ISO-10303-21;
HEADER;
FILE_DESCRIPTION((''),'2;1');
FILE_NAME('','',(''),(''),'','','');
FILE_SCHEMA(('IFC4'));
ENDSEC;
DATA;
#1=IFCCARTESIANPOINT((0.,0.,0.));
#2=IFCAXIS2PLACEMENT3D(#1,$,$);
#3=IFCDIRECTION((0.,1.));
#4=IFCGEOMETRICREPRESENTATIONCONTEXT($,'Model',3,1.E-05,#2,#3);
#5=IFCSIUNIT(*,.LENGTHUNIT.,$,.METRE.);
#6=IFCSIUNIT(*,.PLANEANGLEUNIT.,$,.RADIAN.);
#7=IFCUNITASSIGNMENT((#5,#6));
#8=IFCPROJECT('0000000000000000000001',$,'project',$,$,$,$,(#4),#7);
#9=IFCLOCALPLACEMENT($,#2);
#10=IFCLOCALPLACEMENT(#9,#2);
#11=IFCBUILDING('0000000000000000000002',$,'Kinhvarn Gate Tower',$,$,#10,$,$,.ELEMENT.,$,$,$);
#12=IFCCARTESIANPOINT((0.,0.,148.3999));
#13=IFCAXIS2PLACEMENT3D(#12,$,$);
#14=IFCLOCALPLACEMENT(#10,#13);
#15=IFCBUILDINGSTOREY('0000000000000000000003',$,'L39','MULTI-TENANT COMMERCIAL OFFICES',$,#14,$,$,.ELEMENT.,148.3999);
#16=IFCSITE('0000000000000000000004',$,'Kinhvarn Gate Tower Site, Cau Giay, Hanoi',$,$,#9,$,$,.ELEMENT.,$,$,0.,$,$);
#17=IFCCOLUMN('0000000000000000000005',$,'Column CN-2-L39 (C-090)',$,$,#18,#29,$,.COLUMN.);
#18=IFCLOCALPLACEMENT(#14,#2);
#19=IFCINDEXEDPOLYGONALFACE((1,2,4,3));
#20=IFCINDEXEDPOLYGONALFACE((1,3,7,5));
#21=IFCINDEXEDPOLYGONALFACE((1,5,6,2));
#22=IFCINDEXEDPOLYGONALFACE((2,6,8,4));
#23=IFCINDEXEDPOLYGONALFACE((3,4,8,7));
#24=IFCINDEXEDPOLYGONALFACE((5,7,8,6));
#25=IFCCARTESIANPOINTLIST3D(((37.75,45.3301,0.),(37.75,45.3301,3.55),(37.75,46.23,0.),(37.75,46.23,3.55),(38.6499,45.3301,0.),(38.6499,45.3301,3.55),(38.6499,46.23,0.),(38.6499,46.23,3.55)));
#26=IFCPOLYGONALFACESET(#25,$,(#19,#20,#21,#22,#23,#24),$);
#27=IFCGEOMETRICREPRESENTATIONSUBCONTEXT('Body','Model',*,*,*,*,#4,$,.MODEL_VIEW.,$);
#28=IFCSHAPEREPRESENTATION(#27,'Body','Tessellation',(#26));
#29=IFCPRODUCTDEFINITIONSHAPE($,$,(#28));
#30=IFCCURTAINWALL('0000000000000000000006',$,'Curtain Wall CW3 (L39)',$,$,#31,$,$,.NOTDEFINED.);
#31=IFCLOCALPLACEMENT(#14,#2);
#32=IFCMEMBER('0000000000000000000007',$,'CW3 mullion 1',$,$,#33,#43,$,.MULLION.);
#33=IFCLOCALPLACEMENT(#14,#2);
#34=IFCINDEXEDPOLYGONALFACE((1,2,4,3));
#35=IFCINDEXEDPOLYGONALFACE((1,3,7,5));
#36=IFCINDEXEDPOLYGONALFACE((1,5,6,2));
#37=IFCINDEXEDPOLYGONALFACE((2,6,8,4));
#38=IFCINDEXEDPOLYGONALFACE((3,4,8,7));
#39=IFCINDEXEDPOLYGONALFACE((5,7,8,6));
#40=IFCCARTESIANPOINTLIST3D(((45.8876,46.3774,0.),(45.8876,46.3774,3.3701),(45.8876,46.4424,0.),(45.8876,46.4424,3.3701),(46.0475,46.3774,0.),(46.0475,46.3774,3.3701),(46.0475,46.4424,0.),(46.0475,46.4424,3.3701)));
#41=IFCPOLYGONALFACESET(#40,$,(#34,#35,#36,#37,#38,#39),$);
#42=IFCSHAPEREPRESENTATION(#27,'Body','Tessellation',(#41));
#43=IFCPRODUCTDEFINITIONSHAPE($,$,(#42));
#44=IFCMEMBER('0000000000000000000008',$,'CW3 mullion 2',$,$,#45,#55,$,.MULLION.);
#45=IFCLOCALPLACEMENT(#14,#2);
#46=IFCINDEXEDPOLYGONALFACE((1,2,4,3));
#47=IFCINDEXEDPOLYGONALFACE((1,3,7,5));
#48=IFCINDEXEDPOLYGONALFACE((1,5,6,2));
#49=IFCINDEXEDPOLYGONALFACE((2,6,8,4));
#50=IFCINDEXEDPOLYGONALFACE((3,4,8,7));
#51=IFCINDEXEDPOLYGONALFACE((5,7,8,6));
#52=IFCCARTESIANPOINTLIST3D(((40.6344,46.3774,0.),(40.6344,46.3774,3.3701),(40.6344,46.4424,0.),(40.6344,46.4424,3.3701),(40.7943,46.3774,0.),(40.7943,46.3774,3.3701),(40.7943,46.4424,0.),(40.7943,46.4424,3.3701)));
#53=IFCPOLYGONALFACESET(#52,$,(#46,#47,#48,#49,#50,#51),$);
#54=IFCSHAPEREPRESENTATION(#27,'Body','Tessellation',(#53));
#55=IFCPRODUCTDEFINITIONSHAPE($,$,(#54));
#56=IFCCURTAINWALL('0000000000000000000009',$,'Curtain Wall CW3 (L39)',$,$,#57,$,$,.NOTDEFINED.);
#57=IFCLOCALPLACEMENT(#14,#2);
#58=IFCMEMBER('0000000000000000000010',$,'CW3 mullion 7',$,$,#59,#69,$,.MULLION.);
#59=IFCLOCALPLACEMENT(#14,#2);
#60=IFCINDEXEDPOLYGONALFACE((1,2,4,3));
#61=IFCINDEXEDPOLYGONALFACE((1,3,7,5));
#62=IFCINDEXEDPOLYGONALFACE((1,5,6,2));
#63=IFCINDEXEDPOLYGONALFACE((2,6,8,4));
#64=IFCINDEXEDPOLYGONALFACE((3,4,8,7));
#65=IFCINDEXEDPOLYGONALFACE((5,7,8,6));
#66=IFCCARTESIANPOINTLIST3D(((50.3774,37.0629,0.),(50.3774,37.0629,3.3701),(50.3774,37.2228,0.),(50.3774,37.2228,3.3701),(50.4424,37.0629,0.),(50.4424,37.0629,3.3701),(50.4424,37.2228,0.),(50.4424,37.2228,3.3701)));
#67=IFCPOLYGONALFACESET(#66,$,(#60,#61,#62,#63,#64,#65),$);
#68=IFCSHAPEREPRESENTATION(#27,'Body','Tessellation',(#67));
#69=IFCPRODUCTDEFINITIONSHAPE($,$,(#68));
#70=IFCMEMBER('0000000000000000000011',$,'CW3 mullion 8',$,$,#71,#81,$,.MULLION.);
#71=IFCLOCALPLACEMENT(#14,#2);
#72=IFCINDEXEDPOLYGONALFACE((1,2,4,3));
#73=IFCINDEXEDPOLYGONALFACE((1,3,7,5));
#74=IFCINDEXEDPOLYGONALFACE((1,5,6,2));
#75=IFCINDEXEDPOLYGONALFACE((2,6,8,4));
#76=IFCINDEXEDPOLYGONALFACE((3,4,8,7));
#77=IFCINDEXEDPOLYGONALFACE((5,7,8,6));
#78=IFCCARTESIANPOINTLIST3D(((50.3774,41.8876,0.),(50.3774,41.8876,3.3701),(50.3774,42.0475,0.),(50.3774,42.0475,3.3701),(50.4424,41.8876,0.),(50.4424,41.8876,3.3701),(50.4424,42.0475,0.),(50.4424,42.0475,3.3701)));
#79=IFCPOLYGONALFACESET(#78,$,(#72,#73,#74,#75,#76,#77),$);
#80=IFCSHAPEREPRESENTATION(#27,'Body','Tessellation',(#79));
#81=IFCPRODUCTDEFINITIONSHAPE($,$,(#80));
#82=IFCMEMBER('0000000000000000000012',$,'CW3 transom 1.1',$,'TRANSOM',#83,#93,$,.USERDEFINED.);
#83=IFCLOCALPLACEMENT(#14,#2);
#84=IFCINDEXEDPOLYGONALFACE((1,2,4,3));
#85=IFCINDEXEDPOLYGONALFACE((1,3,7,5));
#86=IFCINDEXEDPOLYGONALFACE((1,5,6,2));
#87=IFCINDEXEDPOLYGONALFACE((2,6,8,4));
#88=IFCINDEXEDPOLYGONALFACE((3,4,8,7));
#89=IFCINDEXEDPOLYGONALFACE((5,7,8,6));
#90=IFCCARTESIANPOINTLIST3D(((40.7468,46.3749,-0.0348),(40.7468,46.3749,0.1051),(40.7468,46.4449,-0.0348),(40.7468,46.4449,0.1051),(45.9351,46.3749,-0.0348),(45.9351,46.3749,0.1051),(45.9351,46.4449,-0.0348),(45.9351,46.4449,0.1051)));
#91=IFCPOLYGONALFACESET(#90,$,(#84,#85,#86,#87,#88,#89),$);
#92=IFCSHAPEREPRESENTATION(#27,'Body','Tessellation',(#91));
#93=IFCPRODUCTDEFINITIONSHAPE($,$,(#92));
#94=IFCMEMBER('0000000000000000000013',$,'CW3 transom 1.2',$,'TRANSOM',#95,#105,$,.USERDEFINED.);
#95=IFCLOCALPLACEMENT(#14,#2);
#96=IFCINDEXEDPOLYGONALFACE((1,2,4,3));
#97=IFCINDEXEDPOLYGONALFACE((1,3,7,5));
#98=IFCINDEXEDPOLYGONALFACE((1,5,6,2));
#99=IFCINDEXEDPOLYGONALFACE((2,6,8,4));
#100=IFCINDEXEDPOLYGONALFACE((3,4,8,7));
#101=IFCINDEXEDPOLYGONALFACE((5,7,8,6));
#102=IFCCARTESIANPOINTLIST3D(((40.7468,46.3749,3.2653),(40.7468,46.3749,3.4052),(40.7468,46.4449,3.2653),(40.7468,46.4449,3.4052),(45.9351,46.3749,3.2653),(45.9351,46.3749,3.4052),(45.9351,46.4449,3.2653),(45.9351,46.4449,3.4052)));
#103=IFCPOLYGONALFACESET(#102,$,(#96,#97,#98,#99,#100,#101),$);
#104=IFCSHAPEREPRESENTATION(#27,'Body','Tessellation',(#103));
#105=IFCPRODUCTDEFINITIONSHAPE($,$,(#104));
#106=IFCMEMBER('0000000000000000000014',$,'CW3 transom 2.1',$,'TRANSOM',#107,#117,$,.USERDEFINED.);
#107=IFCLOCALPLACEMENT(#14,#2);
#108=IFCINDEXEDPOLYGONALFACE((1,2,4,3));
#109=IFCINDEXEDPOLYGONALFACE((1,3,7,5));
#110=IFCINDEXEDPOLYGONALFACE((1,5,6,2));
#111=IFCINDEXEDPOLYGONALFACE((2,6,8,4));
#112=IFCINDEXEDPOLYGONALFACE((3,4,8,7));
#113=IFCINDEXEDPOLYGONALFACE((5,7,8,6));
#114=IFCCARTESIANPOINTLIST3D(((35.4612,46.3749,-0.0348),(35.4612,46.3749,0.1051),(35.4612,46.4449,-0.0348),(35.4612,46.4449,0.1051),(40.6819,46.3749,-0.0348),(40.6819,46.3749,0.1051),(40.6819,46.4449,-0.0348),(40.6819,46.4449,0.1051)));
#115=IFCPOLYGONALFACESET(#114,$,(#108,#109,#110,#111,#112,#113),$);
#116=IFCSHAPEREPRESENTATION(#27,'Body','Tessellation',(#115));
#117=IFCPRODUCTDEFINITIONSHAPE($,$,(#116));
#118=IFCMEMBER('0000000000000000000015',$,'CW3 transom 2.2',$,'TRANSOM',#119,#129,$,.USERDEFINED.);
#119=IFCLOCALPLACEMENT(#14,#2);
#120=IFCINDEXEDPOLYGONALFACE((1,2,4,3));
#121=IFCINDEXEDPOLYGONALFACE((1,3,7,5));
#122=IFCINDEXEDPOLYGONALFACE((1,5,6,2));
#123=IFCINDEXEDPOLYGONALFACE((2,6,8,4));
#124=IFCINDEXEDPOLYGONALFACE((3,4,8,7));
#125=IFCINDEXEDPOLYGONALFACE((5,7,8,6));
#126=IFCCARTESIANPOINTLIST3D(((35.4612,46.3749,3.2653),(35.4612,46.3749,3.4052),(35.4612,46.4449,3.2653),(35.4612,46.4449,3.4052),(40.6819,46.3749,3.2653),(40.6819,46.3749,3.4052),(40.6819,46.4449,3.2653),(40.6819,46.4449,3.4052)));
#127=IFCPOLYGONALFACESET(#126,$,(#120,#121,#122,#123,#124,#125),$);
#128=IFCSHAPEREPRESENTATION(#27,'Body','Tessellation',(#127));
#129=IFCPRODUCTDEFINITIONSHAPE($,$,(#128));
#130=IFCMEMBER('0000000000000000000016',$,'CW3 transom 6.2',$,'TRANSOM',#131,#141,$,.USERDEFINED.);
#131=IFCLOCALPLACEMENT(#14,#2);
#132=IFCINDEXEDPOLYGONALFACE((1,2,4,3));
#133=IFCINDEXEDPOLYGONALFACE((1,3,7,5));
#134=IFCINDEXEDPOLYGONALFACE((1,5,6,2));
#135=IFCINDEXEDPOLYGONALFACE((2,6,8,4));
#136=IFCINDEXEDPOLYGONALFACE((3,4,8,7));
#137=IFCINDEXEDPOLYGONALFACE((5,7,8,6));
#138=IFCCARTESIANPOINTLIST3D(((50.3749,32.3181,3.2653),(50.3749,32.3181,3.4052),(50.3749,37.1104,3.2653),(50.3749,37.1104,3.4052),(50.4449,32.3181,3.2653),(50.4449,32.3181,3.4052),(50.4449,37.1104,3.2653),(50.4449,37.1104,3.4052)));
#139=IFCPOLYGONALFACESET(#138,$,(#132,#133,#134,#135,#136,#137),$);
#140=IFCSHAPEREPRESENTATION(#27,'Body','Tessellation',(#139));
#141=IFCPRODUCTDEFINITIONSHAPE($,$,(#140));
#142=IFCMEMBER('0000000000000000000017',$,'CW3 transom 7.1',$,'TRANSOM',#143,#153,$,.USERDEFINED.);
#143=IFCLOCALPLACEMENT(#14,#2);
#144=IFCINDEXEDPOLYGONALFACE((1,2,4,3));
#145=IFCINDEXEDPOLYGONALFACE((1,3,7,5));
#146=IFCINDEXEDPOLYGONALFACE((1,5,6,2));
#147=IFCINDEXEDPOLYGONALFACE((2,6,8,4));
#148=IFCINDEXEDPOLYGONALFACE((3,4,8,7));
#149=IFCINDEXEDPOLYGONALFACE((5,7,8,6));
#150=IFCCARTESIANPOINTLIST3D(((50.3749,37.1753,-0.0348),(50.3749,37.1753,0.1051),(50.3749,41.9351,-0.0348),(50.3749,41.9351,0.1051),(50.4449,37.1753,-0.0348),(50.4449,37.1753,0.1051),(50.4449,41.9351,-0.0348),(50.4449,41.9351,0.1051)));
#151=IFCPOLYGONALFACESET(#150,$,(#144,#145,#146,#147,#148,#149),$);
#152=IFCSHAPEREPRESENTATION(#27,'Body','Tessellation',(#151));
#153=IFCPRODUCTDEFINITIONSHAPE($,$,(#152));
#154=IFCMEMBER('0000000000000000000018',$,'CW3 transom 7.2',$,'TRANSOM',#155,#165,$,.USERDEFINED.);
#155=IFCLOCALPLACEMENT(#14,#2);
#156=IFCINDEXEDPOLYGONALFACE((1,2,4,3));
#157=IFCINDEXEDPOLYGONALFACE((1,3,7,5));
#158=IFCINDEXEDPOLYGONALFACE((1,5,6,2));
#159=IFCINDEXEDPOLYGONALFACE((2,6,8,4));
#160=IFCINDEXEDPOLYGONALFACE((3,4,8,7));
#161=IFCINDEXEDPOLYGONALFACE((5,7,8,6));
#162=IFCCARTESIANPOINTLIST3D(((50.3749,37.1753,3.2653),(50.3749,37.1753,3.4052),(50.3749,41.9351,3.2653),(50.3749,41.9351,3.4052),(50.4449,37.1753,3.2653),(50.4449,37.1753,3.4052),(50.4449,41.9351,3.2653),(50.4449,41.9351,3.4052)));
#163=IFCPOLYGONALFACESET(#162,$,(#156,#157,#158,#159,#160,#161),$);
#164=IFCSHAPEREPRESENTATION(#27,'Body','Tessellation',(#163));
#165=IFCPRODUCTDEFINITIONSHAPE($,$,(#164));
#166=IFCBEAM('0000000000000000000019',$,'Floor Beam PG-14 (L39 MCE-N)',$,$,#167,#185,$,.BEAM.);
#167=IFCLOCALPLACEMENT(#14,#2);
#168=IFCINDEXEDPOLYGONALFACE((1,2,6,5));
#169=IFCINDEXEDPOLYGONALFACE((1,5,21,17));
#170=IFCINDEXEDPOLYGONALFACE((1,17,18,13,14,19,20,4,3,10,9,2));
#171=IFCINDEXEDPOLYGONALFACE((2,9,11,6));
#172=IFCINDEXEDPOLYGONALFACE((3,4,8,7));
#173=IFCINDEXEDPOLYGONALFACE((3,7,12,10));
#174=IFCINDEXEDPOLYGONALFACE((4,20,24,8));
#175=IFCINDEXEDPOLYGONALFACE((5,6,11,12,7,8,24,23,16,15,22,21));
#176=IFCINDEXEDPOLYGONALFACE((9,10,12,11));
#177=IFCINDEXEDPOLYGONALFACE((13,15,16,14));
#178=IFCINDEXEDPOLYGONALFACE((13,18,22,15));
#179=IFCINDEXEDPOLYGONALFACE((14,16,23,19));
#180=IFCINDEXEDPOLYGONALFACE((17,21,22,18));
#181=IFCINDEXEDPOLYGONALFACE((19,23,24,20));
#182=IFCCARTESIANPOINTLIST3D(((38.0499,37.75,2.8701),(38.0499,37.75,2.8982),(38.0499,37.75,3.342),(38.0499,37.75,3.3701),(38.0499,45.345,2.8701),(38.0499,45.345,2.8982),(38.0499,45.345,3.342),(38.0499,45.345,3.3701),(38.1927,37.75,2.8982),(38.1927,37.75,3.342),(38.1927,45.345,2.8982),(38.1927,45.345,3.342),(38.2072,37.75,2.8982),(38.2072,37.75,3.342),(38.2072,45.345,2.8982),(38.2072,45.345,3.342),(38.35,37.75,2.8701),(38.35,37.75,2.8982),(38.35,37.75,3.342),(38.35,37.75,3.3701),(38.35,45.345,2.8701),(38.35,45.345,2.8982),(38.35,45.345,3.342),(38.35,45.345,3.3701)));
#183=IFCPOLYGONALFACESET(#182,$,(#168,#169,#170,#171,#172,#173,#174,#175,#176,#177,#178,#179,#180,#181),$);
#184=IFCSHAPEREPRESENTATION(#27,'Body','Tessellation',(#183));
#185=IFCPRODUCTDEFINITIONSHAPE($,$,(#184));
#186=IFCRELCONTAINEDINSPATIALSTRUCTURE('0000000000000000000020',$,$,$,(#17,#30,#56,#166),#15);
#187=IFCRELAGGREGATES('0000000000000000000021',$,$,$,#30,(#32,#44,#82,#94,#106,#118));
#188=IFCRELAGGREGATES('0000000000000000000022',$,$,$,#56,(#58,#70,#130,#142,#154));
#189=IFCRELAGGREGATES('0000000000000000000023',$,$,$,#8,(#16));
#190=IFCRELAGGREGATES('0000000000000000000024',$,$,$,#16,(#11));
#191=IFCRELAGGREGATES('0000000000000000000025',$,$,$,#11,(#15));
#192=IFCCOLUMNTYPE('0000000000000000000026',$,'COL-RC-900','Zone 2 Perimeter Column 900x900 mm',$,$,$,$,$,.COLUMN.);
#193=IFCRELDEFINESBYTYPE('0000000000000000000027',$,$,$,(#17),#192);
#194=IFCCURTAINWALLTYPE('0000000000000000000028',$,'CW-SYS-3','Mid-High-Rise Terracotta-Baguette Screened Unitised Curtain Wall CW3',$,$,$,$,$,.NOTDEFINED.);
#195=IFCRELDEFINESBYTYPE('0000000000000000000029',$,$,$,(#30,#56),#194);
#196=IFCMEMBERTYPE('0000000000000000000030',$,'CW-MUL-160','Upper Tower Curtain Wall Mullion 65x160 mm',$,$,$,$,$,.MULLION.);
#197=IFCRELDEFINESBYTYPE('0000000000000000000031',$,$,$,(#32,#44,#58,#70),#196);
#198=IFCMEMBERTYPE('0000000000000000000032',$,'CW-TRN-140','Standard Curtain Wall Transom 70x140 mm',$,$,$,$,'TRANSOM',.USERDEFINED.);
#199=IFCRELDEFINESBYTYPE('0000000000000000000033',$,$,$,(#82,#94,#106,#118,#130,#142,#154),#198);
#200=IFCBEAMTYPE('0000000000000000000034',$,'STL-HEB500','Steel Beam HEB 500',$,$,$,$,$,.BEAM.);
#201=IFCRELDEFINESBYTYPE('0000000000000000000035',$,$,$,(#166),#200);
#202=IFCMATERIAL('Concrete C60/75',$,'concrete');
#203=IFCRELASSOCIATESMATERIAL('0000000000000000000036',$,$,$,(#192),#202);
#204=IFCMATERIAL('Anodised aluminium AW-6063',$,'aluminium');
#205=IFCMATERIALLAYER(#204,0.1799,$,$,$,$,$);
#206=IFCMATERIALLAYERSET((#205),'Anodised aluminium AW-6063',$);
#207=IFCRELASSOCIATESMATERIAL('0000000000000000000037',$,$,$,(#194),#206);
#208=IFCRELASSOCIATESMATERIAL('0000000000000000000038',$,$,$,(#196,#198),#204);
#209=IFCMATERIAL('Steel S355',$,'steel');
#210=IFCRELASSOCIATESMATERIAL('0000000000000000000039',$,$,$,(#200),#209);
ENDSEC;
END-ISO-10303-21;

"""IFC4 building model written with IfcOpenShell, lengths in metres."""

from ifc_helpers import new_model, si_unit, direction, frame, origin, origin_2d, place, context, subcontext, project, spatial, rectangle, i_section, extrude, material, layer, layer_set, material_profile, profile_set, type_object, element, aggregate, save


model = new_model("IFC4")

# Units and contexts
model_context = context("Model", 3, precision=1e-05, world=origin(), true_north=direction((0.0, 1.0)))
body_context = subcontext(model_context, "Body", "Model", "MODEL_VIEW")
ifc_project = project(units=[si_unit("LENGTHUNIT", "METRE"), si_unit("PLANEANGLEUNIT", "RADIAN")], contexts=[model_context])

# Site, building, storey
site_placement = place(None, origin())
site = spatial("IfcSite", under=ifc_project, at=site_placement, Name="Kinhvarn Gate Tower Site, Cau Giay, Hanoi", CompositionType="ELEMENT", RefElevation=0.0)
building_placement = place(site_placement, origin())
building = spatial("IfcBuilding", under=site, at=building_placement, Name="Kinhvarn Gate Tower", CompositionType="ELEMENT")
storey_placement = place(building_placement, frame((0.0, 0.0, 148.3999)))
storey = spatial("IfcBuildingStorey", under=building, at=storey_placement, Name="L39", Description="MULTI-TENANT COMMERCIAL OFFICES", CompositionType="ELEMENT", Elevation=148.3999)

# Column
ifc_material_1 = material(Name="Concrete C60/75", Category="concrete")
ifc_material_profile_1 = material_profile(ifc_material_1, rectangle(XDim=0.8999, YDim=0.8999, at=origin_2d()), Name="RC 900x900")
ifc_profile_set_1 = profile_set([ifc_material_profile_1], Name="Concrete C60/75")
column_type = type_object("IfcColumnType", Name="COL-RC-900", Description="Zone 2 Perimeter Column 900x900 mm", PredefinedType="COLUMN", material=ifc_profile_set_1)
column_placement = place(storey_placement, frame((38.2, 45.78, 0.0), z_axis=(0.0, 0.0, 1.0), x_axis=(1.0, 0.0, 0.0)))
element("IfcColumn", 1, at=column_placement, inside=storey, type_object=column_type, Name="Column CN-2-L39 (C-090)", PredefinedType="COLUMN", context=body_context, shape_type="SweptSolid", body=[
    extrude(rectangle(XDim=0.8999, YDim=0.8999, at=origin_2d()), origin(), (0.0, 0.0, 1.0), 3.55),
])

# Curtain walls, members
ifc_material_2 = material(Name="Anodised aluminium AW-6063", Category="aluminium")
ifc_layer_1 = layer(ifc_material_2, 0.1799)
ifc_layer_set_1 = layer_set([ifc_layer_1], Name="Anodised aluminium AW-6063")
curtain_wall_type = type_object("IfcCurtainWallType", Name="CW-SYS-3", Description="Mid-High-Rise Terracotta-Baguette Screened Unitised Curtain Wall CW3", PredefinedType="NOTDEFINED", material=ifc_layer_set_1)
curtain_wall_1_placement = place(storey_placement, origin())
curtain_wall_1 = element("IfcCurtainWall", 2, at=curtain_wall_1_placement, inside=storey, type_object=curtain_wall_type, Name="Curtain Wall CW3 (L39)", PredefinedType="NOTDEFINED")
ifc_material_profile_2 = material_profile(ifc_material_2, rectangle(XDim=0.0649, YDim=0.1599, at=origin_2d()), Name="ALU 65x160")
ifc_profile_set_2 = profile_set([ifc_material_profile_2], Name="Anodised aluminium AW-6063")
member_type_1 = type_object("IfcMemberType", Name="CW-MUL-160", Description="Upper Tower Curtain Wall Mullion 65x160 mm", PredefinedType="MULLION", material=ifc_profile_set_2)
member_1_placement = place(storey_placement, frame((45.9675, 46.4099, 0.0), z_axis=(0.0, 0.0, 1.0), x_axis=(0.0, -1.0, 0.0)))
member_1 = element("IfcMember", 3, at=member_1_placement, type_object=member_type_1, Name="CW3 mullion 1", PredefinedType="MULLION", context=body_context, shape_type="SweptSolid", body=[
    extrude(rectangle(XDim=0.0649, YDim=0.1599, at=origin_2d()), origin(), (0.0, 0.0, 1.0), 3.3701),
])
member_2_placement = place(storey_placement, frame((40.7144, 46.4099, 0.0), z_axis=(0.0, 0.0, 1.0), x_axis=(0.0, -1.0, 0.0)))
member_2 = element("IfcMember", 4, at=member_2_placement, type_object=member_type_1, Name="CW3 mullion 2", PredefinedType="MULLION", context=body_context, shape_type="SweptSolid", body=[
    extrude(rectangle(XDim=0.0649, YDim=0.1599, at=origin_2d()), origin(), (0.0, 0.0, 1.0), 3.3701),
])
curtain_wall_2_placement = place(storey_placement, origin())
curtain_wall_2 = element("IfcCurtainWall", 5, at=curtain_wall_2_placement, inside=storey, type_object=curtain_wall_type, Name="Curtain Wall CW3 (L39)", PredefinedType="NOTDEFINED")
member_3_placement = place(storey_placement, frame((50.4099, 37.1428, 0.0), z_axis=(0.0, 0.0, 1.0), x_axis=(-1.0, 0.0, 0.0)))
member_3 = element("IfcMember", 6, at=member_3_placement, type_object=member_type_1, Name="CW3 mullion 7", PredefinedType="MULLION", context=body_context, shape_type="SweptSolid", body=[
    extrude(rectangle(XDim=0.0649, YDim=0.1599, at=origin_2d()), origin(), (0.0, 0.0, 1.0), 3.3701),
])
member_4_placement = place(storey_placement, frame((50.4099, 41.9675, 0.0), z_axis=(0.0, 0.0, 1.0), x_axis=(-1.0, 0.0, 0.0)))
member_4 = element("IfcMember", 7, at=member_4_placement, type_object=member_type_1, Name="CW3 mullion 8", PredefinedType="MULLION", context=body_context, shape_type="SweptSolid", body=[
    extrude(rectangle(XDim=0.0649, YDim=0.1599, at=origin_2d()), origin(), (0.0, 0.0, 1.0), 3.3701),
])

# Members
ifc_material_profile_3 = material_profile(ifc_material_2, rectangle(XDim=0.0701, YDim=0.1399, at=origin_2d()), Name="ALU 70x140")
ifc_profile_set_3 = profile_set([ifc_material_profile_3], Name="Anodised aluminium AW-6063")
member_type_2 = type_object("IfcMemberType", Name="CW-TRN-140", Description="Standard Curtain Wall Transom 70x140 mm", ElementType="TRANSOM", PredefinedType="USERDEFINED", material=ifc_profile_set_3)
member_5_placement = place(storey_placement, frame((45.9351, 46.4099, 0.0352), z_axis=(-1.0, 0.0, 0.0), x_axis=(0.0, -1.0, 0.0)))
member_5 = element("IfcMember", 8, at=member_5_placement, type_object=member_type_2, Name="CW3 transom 1.1", ObjectType="TRANSOM", PredefinedType="USERDEFINED", context=body_context, shape_type="SweptSolid", body=[
    extrude(rectangle(XDim=0.0701, YDim=0.1399, at=origin_2d()), origin(), (0.0, 0.0, 1.0), 5.1882),
])
member_6_placement = place(storey_placement, frame((45.9351, 46.4099, 3.3352), z_axis=(-1.0, 0.0, 0.0), x_axis=(0.0, -1.0, 0.0)))
member_6 = element("IfcMember", 9, at=member_6_placement, type_object=member_type_2, Name="CW3 transom 1.2", ObjectType="TRANSOM", PredefinedType="USERDEFINED", context=body_context, shape_type="SweptSolid", body=[
    extrude(rectangle(XDim=0.0701, YDim=0.1399, at=origin_2d()), origin(), (0.0, 0.0, 1.0), 5.1882),
])
member_7_placement = place(storey_placement, frame((40.6819, 46.4099, 0.0352), z_axis=(-1.0, 0.0, 0.0), x_axis=(0.0, -1.0, 0.0)))
member_7 = element("IfcMember", 10, at=member_7_placement, type_object=member_type_2, Name="CW3 transom 2.1", ObjectType="TRANSOM", PredefinedType="USERDEFINED", context=body_context, shape_type="SweptSolid", body=[
    extrude(rectangle(XDim=0.0701, YDim=0.1399, at=origin_2d()), origin(), (0.0, 0.0, 1.0), 5.2207),
])
member_8_placement = place(storey_placement, frame((40.6819, 46.4099, 3.3352), z_axis=(-1.0, 0.0, 0.0), x_axis=(0.0, -1.0, 0.0)))
member_8 = element("IfcMember", 11, at=member_8_placement, type_object=member_type_2, Name="CW3 transom 2.2", ObjectType="TRANSOM", PredefinedType="USERDEFINED", context=body_context, shape_type="SweptSolid", body=[
    extrude(rectangle(XDim=0.0701, YDim=0.1399, at=origin_2d()), origin(), (0.0, 0.0, 1.0), 5.2207),
])
member_9_placement = place(storey_placement, frame((50.4099, 32.3181, 3.3352), z_axis=(0.0, 1.0, 0.0), x_axis=(-1.0, 0.0, 0.0)))
member_9 = element("IfcMember", 12, at=member_9_placement, type_object=member_type_2, Name="CW3 transom 6.2", ObjectType="TRANSOM", PredefinedType="USERDEFINED", context=body_context, shape_type="SweptSolid", body=[
    extrude(rectangle(XDim=0.0701, YDim=0.1399, at=origin_2d()), origin(), (0.0, 0.0, 1.0), 4.7922),
])
member_10_placement = place(storey_placement, frame((50.4099, 37.1753, 0.0352), z_axis=(0.0, 1.0, 0.0), x_axis=(-1.0, 0.0, 0.0)))
member_10 = element("IfcMember", 13, at=member_10_placement, type_object=member_type_2, Name="CW3 transom 7.1", ObjectType="TRANSOM", PredefinedType="USERDEFINED", context=body_context, shape_type="SweptSolid", body=[
    extrude(rectangle(XDim=0.0701, YDim=0.1399, at=origin_2d()), origin(), (0.0, 0.0, 1.0), 4.7598),
])
member_11_placement = place(storey_placement, frame((50.4099, 37.1753, 3.3352), z_axis=(0.0, 1.0, 0.0), x_axis=(-1.0, 0.0, 0.0)))
member_11 = element("IfcMember", 14, at=member_11_placement, type_object=member_type_2, Name="CW3 transom 7.2", ObjectType="TRANSOM", PredefinedType="USERDEFINED", context=body_context, shape_type="SweptSolid", body=[
    extrude(rectangle(XDim=0.0701, YDim=0.1399, at=origin_2d()), origin(), (0.0, 0.0, 1.0), 4.7598),
])

# Beam
ifc_material_3 = material(Name="Steel S355", Category="steel")
ifc_material_profile_4 = material_profile(ifc_material_3, i_section(OverallWidth=0.3, OverallDepth=0.5, WebThickness=0.0144, FlangeThickness=0.0281, at=origin_2d()), Name="HEB 500")
ifc_profile_set_4 = profile_set([ifc_material_profile_4], Name="Steel S355")
beam_type = type_object("IfcBeamType", Name="STL-HEB500", Description="Steel Beam HEB 500", PredefinedType="BEAM", material=ifc_profile_set_4)
beam_placement = place(storey_placement, frame((38.2, 37.75, 3.1201), z_axis=(0.0, 1.0, 0.0), x_axis=(-1.0, 0.0, 0.0)))
element("IfcBeam", 15, at=beam_placement, inside=storey, type_object=beam_type, Name="Floor Beam PG-14 (L39 MCE-N)", PredefinedType="BEAM", context=body_context, shape_type="SweptSolid", body=[
    extrude(i_section(OverallWidth=0.3, OverallDepth=0.5, WebThickness=0.0144, FlangeThickness=0.0281, at=origin_2d()), origin(), (0.0, 0.0, 1.0), 7.595),
])

aggregate(curtain_wall_1, [member_1, member_2, member_5, member_6, member_7, member_8])
aggregate(curtain_wall_2, [member_3, member_4, member_9, member_10, member_11])

save(model, "model.ifc")
